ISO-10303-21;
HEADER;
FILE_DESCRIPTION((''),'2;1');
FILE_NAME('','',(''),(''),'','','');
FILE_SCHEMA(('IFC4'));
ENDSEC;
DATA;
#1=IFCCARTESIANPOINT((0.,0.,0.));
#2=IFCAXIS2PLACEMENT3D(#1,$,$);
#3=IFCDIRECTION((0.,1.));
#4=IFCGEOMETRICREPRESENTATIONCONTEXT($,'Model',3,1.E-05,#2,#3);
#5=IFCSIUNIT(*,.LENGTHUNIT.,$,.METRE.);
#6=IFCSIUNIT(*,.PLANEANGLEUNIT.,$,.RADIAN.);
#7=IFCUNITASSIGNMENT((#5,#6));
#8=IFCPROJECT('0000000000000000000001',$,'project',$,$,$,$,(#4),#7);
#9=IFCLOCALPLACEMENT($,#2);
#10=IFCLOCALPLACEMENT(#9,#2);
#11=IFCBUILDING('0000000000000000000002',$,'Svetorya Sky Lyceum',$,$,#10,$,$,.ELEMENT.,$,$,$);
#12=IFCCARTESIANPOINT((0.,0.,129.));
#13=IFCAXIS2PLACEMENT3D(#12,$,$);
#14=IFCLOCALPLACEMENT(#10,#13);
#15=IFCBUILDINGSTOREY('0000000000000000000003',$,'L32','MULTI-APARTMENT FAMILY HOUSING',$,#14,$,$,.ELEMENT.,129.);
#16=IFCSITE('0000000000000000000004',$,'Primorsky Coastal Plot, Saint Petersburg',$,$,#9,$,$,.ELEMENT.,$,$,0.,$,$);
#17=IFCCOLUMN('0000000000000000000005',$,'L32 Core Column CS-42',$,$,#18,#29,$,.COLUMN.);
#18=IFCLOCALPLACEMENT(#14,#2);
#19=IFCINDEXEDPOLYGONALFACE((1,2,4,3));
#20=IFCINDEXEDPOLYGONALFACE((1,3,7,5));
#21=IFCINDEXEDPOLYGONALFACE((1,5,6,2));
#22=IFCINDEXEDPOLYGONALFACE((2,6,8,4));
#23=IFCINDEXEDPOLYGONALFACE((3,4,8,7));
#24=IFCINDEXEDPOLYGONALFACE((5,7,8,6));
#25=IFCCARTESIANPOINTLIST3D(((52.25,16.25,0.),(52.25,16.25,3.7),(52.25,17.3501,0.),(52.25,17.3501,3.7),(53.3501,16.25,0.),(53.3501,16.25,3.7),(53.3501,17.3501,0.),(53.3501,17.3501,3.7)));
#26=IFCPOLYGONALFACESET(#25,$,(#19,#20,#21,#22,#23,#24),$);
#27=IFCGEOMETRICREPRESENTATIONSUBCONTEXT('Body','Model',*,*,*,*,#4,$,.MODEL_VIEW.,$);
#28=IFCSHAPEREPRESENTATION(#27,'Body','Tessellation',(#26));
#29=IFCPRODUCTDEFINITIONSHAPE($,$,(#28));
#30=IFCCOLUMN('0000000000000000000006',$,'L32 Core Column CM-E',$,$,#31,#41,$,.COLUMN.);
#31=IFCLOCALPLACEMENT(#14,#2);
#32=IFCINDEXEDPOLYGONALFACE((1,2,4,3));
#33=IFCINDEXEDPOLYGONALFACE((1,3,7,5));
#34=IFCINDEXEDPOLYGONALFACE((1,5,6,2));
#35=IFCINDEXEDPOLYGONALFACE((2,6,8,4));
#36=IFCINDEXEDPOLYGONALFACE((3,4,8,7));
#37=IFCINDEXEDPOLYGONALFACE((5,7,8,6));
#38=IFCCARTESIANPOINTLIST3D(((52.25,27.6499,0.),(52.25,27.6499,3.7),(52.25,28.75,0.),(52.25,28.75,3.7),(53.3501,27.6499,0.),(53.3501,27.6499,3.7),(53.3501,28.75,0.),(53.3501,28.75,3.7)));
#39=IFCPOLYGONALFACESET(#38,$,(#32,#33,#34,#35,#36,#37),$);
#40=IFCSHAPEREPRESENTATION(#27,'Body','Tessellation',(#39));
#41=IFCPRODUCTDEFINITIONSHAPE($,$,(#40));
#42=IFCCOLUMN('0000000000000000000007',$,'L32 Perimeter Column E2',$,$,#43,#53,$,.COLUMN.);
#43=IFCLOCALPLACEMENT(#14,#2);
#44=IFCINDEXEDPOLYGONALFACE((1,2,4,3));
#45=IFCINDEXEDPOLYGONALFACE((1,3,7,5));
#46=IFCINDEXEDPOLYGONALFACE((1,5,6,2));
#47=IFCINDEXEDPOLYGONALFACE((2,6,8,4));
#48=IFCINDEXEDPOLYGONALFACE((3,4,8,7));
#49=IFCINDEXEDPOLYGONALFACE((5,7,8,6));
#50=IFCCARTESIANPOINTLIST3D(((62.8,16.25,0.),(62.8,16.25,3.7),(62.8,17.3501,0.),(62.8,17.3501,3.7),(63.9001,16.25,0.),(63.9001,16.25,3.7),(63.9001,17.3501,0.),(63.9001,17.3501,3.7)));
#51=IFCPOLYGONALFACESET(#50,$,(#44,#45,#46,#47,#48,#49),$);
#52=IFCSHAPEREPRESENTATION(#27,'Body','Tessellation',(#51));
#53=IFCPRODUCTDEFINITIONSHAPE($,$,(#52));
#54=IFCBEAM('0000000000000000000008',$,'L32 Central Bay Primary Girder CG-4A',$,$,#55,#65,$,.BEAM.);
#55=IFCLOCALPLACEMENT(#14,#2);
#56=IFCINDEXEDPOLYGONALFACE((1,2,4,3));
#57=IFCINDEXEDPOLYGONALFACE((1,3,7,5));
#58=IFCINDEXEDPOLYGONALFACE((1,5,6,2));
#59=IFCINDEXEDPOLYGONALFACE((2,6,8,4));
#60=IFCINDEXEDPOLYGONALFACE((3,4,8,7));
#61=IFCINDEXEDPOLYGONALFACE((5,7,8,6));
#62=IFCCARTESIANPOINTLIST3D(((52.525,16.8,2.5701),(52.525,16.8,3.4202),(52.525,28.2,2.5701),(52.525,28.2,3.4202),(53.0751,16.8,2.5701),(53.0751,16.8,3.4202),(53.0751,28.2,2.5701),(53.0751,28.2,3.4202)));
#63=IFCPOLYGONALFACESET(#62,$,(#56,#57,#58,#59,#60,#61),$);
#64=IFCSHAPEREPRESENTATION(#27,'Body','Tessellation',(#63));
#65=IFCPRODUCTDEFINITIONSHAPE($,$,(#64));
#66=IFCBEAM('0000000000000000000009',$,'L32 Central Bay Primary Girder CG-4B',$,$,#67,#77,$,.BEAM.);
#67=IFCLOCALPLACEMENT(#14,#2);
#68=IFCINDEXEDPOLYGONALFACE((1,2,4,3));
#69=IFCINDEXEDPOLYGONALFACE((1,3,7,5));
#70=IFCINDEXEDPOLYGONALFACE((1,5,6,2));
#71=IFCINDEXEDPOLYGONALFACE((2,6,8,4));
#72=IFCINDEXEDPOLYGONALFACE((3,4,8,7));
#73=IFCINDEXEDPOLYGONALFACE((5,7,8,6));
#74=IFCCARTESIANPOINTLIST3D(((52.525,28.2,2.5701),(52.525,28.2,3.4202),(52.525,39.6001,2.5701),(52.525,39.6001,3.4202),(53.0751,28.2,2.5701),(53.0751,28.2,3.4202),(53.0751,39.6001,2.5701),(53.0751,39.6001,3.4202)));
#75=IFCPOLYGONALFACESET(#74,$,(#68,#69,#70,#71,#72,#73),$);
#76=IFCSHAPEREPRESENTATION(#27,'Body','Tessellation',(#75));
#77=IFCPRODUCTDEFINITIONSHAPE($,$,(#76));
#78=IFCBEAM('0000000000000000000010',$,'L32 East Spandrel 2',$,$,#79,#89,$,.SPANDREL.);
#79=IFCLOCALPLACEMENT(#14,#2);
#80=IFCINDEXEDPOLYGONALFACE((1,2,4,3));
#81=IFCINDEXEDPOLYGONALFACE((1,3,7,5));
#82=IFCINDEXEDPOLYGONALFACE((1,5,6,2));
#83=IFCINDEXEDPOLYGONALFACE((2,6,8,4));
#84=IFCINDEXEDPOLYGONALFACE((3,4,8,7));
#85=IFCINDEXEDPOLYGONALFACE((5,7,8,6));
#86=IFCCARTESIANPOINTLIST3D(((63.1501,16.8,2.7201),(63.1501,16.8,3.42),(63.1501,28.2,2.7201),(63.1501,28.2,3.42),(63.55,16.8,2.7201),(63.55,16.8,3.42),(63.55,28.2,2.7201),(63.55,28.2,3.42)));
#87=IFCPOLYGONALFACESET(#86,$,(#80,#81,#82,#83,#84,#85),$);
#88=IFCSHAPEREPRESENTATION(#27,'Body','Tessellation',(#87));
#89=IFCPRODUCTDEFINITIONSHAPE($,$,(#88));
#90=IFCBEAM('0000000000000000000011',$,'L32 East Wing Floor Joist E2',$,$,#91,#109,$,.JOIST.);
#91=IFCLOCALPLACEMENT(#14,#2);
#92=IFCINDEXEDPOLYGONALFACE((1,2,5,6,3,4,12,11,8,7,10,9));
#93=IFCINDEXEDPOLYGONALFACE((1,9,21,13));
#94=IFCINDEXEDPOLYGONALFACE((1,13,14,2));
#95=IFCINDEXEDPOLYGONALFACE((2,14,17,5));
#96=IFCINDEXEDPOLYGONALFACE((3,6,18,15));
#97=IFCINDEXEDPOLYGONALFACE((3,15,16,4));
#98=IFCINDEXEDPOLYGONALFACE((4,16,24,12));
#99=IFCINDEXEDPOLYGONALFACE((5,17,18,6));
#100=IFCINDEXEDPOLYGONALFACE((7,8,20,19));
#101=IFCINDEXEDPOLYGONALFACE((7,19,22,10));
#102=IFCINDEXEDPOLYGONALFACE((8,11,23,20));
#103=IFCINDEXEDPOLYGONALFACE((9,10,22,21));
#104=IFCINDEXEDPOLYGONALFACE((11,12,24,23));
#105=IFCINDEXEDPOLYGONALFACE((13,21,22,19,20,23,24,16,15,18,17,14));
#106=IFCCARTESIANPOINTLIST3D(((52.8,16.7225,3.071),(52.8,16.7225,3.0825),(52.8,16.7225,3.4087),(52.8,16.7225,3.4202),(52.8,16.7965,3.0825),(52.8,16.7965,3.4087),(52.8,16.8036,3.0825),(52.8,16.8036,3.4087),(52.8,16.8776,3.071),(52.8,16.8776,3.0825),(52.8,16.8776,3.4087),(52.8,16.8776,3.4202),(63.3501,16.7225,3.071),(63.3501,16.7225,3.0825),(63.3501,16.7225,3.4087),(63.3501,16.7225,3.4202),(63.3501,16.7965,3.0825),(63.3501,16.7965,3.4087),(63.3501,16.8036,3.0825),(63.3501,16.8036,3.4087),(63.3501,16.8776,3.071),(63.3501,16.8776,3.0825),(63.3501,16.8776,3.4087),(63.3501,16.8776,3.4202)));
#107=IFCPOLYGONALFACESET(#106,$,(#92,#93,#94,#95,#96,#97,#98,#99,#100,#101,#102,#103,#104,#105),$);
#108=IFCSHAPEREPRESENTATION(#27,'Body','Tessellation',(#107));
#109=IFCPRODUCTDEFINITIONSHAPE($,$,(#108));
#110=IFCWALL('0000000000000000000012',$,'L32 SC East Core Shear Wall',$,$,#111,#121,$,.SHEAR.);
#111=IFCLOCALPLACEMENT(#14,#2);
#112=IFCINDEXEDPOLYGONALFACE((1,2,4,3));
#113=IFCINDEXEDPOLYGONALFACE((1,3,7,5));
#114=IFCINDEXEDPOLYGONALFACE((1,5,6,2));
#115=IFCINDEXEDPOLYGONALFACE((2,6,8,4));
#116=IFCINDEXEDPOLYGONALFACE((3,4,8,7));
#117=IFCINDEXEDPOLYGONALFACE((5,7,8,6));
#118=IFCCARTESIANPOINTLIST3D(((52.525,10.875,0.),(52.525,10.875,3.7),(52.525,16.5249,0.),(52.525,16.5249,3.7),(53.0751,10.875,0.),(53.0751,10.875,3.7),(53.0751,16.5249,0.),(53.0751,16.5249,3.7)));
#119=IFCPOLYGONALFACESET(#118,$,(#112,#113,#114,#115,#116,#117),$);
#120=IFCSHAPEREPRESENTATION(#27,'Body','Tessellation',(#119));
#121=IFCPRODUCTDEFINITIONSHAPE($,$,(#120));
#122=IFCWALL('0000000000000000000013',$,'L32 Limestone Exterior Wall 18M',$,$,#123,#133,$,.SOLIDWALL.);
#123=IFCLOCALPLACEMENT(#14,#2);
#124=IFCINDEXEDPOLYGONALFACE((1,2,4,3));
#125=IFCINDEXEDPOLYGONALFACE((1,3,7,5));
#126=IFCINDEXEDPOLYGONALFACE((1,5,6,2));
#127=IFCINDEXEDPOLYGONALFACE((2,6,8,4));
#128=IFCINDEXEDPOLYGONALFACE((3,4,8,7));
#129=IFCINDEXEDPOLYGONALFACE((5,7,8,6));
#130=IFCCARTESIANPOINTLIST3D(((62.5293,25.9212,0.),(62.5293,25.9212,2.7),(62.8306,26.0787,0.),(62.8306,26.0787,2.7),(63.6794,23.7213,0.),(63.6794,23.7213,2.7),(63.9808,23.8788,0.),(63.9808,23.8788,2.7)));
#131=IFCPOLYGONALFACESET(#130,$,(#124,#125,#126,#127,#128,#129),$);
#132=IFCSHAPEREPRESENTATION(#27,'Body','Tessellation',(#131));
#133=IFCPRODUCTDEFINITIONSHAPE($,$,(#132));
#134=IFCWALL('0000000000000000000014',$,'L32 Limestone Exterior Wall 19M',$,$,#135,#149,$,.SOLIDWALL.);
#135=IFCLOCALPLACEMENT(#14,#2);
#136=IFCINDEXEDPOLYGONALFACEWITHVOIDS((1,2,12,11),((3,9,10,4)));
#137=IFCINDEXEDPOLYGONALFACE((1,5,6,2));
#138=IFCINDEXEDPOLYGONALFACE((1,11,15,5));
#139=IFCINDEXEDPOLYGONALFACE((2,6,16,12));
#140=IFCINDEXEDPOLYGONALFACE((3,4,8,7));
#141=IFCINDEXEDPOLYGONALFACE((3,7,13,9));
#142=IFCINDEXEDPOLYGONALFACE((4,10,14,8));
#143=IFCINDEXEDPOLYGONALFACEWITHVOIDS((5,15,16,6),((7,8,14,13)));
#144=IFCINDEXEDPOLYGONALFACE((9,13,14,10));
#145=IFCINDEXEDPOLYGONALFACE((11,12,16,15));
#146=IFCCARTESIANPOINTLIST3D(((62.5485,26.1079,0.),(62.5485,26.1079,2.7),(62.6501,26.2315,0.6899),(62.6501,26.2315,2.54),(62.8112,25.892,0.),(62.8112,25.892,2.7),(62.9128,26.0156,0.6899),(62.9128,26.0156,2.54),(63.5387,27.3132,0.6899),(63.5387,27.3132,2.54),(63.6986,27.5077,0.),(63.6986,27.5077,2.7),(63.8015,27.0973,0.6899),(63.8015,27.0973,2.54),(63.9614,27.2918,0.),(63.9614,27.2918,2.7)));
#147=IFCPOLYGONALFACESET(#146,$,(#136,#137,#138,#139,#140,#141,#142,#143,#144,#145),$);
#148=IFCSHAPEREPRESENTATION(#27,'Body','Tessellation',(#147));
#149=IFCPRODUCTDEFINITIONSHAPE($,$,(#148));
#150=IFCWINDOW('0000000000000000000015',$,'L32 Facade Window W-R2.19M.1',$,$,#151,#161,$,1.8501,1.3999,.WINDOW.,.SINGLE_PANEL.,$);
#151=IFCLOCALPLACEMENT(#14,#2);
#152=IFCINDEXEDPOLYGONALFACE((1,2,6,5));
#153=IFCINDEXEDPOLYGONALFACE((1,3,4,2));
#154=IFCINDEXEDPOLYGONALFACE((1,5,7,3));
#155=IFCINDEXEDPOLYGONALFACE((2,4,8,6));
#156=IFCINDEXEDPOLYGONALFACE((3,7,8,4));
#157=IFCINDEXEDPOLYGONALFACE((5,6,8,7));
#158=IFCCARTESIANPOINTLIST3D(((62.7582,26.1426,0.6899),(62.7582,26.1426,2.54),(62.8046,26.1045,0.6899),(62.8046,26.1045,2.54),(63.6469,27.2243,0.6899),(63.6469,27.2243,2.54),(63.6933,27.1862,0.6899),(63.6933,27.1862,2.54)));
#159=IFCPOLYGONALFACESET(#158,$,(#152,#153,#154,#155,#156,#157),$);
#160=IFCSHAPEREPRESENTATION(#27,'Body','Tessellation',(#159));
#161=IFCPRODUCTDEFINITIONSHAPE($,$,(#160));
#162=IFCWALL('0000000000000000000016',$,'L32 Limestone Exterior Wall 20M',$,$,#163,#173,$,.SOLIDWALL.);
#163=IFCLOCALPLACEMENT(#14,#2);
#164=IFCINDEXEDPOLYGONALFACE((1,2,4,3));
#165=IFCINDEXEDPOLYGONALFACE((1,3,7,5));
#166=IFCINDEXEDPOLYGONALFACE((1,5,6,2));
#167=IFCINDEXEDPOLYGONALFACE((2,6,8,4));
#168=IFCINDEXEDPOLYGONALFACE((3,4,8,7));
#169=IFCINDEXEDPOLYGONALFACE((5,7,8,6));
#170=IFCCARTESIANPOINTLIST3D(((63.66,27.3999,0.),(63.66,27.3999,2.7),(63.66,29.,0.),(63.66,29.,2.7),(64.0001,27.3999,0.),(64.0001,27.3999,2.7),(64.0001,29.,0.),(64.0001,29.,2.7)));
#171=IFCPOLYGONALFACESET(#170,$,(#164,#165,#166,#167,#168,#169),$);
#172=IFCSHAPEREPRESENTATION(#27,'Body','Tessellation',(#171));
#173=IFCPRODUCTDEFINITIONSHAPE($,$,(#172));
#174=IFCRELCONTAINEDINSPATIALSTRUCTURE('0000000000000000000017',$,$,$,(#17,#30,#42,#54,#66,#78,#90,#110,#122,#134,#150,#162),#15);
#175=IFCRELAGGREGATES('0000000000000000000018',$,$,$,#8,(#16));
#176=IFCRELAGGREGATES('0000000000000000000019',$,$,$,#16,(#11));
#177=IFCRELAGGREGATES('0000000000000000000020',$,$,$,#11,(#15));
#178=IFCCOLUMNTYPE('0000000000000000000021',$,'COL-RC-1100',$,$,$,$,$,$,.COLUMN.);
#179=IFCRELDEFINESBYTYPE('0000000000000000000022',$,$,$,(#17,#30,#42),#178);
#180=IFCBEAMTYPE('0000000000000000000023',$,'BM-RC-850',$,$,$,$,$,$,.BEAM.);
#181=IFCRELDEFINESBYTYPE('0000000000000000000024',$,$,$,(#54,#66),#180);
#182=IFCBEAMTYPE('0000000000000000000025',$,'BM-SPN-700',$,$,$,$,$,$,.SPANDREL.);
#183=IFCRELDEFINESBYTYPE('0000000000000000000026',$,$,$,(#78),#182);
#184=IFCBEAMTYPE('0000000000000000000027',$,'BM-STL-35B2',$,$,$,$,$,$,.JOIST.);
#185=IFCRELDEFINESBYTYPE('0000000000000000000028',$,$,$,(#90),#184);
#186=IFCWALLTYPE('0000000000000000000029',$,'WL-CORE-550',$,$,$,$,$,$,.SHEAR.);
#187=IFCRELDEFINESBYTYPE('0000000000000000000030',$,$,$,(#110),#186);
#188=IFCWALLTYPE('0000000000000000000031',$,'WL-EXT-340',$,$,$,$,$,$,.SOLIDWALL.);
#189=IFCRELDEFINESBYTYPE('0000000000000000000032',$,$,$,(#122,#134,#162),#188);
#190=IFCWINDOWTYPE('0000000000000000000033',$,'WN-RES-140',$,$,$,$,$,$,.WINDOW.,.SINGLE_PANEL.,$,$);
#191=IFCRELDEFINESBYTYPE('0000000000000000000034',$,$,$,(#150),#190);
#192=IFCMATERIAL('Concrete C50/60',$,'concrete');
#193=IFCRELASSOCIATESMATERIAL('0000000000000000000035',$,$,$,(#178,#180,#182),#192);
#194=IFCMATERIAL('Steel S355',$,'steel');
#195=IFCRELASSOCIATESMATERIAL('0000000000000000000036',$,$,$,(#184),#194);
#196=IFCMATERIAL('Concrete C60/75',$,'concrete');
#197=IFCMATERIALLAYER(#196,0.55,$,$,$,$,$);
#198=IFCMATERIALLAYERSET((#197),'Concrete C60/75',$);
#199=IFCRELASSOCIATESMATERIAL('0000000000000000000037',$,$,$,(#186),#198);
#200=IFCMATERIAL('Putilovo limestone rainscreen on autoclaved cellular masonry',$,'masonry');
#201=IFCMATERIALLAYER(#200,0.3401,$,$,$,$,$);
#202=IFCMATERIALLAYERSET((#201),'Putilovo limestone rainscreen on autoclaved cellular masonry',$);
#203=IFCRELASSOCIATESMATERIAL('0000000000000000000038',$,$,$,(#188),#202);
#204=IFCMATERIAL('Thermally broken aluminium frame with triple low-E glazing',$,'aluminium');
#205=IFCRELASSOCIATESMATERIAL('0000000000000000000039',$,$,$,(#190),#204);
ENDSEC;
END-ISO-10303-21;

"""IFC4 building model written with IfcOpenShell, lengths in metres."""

from ifc_helpers import new_model, si_unit, direction, frame, frame_2d, origin, origin_2d, place, context, subcontext, project, spatial, rectangle, i_section, extrude, material, layer, layer_set, material_profile, profile_set, type_object, element, fill, save


model = new_model("IFC4")

# Units and contexts
model_context = context("Model", 3, precision=1e-05, world=origin(), true_north=direction((0.0, 1.0)))
body_context = subcontext(model_context, "Body", "Model", "MODEL_VIEW")
ifc_project = project(units=[si_unit("LENGTHUNIT", "METRE"), si_unit("PLANEANGLEUNIT", "RADIAN")], contexts=[model_context])

# Site, building, storey
site_placement = place(None, origin())
site = spatial("IfcSite", under=ifc_project, at=site_placement, Name="Primorsky Coastal Plot, Saint Petersburg", CompositionType="ELEMENT", RefElevation=0.0)
building_placement = place(site_placement, origin())
building = spatial("IfcBuilding", under=site, at=building_placement, Name="Svetorya Sky Lyceum", CompositionType="ELEMENT")
storey_placement = place(building_placement, frame((0.0, 0.0, 129.0)))
storey = spatial("IfcBuildingStorey", under=building, at=storey_placement, Name="L32", Description="MULTI-APARTMENT FAMILY HOUSING", CompositionType="ELEMENT", Elevation=129.0)

# Columns
ifc_material_1 = material(Name="Concrete C50/60", Category="concrete")
ifc_material_profile_1 = material_profile(ifc_material_1, rectangle(XDim=1.1001, YDim=1.1001, at=origin_2d()), Name="RC COL 1100x1100")
ifc_profile_set_1 = profile_set([ifc_material_profile_1], Name="Concrete C50/60")
column_type = type_object("IfcColumnType", Name="COL-RC-1100", PredefinedType="COLUMN", material=ifc_profile_set_1)
for number, where, z_axis, x_axis, name in (
    (1, (52.8, 16.8, 0.0), (0.0, 0.0, 1.0), (1.0, 0.0, 0.0), "L32 Core Column CS-42"),
    (2, (52.8, 28.2, 0.0), (0.0, 0.0, 1.0), (1.0, 0.0, 0.0), "L32 Core Column CM-E"),
    (3, (63.3501, 16.8, 0.0), (0.0, 0.0, 1.0), (1.0, 0.0, 0.0), "L32 Perimeter Column E2"),
):
    element("IfcColumn", number, at=place(storey_placement, frame(where, z_axis=z_axis, x_axis=x_axis)), inside=storey, type_object=column_type, Name=name, PredefinedType="COLUMN", context=body_context, shape_type="SweptSolid", body=[
        extrude(rectangle(XDim=1.1001, YDim=1.1001, at=origin_2d()), origin(), (0.0, 0.0, 1.0), 3.7),
    ])

# Beams
ifc_material_profile_2 = material_profile(ifc_material_1, rectangle(XDim=0.55, YDim=0.8501, at=origin_2d()), Name="RC BEAM 550x850")
ifc_profile_set_2 = profile_set([ifc_material_profile_2], Name="Concrete C50/60")
beam_type_1 = type_object("IfcBeamType", Name="BM-RC-850", PredefinedType="BEAM", material=ifc_profile_set_2)
beam_1_placement = place(storey_placement, frame((52.8, 16.8, 2.9951), z_axis=(0.0, 1.0, 0.0), x_axis=(-1.0, 0.0, 0.0)))
element("IfcBeam", 4, at=beam_1_placement, inside=storey, type_object=beam_type_1, Name="L32 Central Bay Primary Girder CG-4A", PredefinedType="BEAM", context=body_context, shape_type="SweptSolid", body=[
    extrude(rectangle(XDim=0.55, YDim=0.8501, at=origin_2d()), origin(), (0.0, 0.0, 1.0), 11.3999),
])
beam_2_placement = place(storey_placement, frame((52.8, 28.2, 2.9951), z_axis=(0.0, 1.0, 0.0), x_axis=(-1.0, 0.0, 0.0)))
element("IfcBeam", 5, at=beam_2_placement, inside=storey, type_object=beam_type_1, Name="L32 Central Bay Primary Girder CG-4B", PredefinedType="BEAM", context=body_context, shape_type="SweptSolid", body=[
    extrude(rectangle(XDim=0.55, YDim=0.8501, at=origin_2d()), origin(), (0.0, 0.0, 1.0), 11.4001),
])
ifc_material_profile_3 = material_profile(ifc_material_1, rectangle(XDim=0.3999, YDim=0.7, at=origin_2d()), Name="RC SPANDREL 400x700")
ifc_profile_set_3 = profile_set([ifc_material_profile_3], Name="Concrete C50/60")
beam_type_2 = type_object("IfcBeamType", Name="BM-SPN-700", PredefinedType="SPANDREL", material=ifc_profile_set_3)
beam_3_placement = place(storey_placement, frame((63.3501, 16.8, 3.0701), z_axis=(0.0, 1.0, 0.0), x_axis=(-1.0, 0.0, 0.0)))
element("IfcBeam", 6, at=beam_3_placement, inside=storey, type_object=beam_type_2, Name="L32 East Spandrel 2", PredefinedType="SPANDREL", context=body_context, shape_type="SweptSolid", body=[
    extrude(rectangle(XDim=0.3999, YDim=0.7, at=origin_2d()), origin(), (0.0, 0.0, 1.0), 11.3999),
])
ifc_material_2 = material(Name="Steel S355", Category="steel")
ifc_material_profile_4 = material_profile(ifc_material_2, i_section(OverallWidth=0.155, OverallDepth=0.3491, WebThickness=0.0071, FlangeThickness=0.0115, at=origin_2d()), Name="GOST 35B2")
ifc_profile_set_4 = profile_set([ifc_material_profile_4], Name="Steel S355")
beam_type_3 = type_object("IfcBeamType", Name="BM-STL-35B2", PredefinedType="JOIST", material=ifc_profile_set_4)
beam_4_placement = place(storey_placement, frame((52.8, 16.8, 3.2456), z_axis=(1.0, 0.0, 0.0), x_axis=(0.0, 1.0, 0.0)))
element("IfcBeam", 7, at=beam_4_placement, inside=storey, type_object=beam_type_3, Name="L32 East Wing Floor Joist E2", PredefinedType="JOIST", context=body_context, shape_type="SweptSolid", body=[
    extrude(i_section(OverallWidth=0.155, OverallDepth=0.3491, WebThickness=0.0071, FlangeThickness=0.0115, at=origin_2d()), origin(), (0.0, 0.0, 1.0), 10.55),
])

# Walls
ifc_material_3 = material(Name="Concrete C60/75", Category="concrete")
ifc_layer_1 = layer(ifc_material_3, 0.55)
ifc_layer_set_1 = layer_set([ifc_layer_1], Name="Concrete C60/75")
wall_type_1 = type_object("IfcWallType", Name="WL-CORE-550", PredefinedType="SHEAR", material=ifc_layer_set_1)
wall_1_placement = place(storey_placement, frame((52.8, 10.875, 0.0), z_axis=(0.0, 0.0, 1.0), x_axis=(0.0, 1.0, 0.0)))
element("IfcWall", 8, at=wall_1_placement, inside=storey, type_object=wall_type_1, Name="L32 SC East Core Shear Wall", PredefinedType="SHEAR", context=body_context, shape_type="SweptSolid", body=[
    extrude(rectangle(XDim=5.6499, YDim=0.55, at=frame_2d((2.825, 0.0))), origin(), (0.0, 0.0, 1.0), 3.7),
])
ifc_material_4 = material(Name="Putilovo limestone rainscreen on autoclaved cellular masonry", Category="masonry")
ifc_layer_2 = layer(ifc_material_4, 0.3401)
ifc_layer_set_2 = layer_set([ifc_layer_2], Name="Putilovo limestone rainscreen on autoclaved cellular masonry")
wall_type_2 = type_object("IfcWallType", Name="WL-EXT-340", PredefinedType="SOLIDWALL", material=ifc_layer_set_2)
wall_2_placement = place(storey_placement, frame((63.8301, 23.8, 0.0), z_axis=(0.0, 0.0, 1.0), x_axis=(-0.463309, 0.886197, 0.0)))
element("IfcWall", 9, at=wall_2_placement, inside=storey, type_object=wall_type_2, Name="L32 Limestone Exterior Wall 18M", PredefinedType="SOLIDWALL", context=body_context, shape_type="SweptSolid", body=[
    extrude(rectangle(XDim=2.4824, YDim=0.3401, at=frame_2d((1.2412, 0.0))), origin(), (0.0, 0.0, 1.0), 2.7),
])

# Wall, opening, window
wall_3_placement = place(storey_placement, frame((62.6799, 26.0, 0.0), z_axis=(0.0, 0.0, 1.0), x_axis=(0.634814, 0.772665, 0.0)))
wall_3 = element("IfcWall", 10, at=wall_3_placement, inside=storey, type_object=wall_type_2, Name="L32 Limestone Exterior Wall 19M", PredefinedType="SOLIDWALL", context=body_context, shape_type="SweptSolid", body=[
    extrude(rectangle(XDim=1.8118, YDim=0.3401, at=frame_2d((0.9058, 0.0))), origin(), (0.0, 0.0, 1.0), 2.7),
])
opening_1_placement = place(wall_3_placement, frame((0.1599, 0.0, 0.6899)))
opening_1 = element("IfcOpeningElement", 11, at=opening_1_placement, cuts=wall_3, PredefinedType="OPENING", context=body_context, shape_type="SweptSolid", body=[
    extrude(rectangle(XDim=1.3999, YDim=1.8501, at=frame_2d((0.7, 0.925))), frame((0.0, 0.1799, 0.0), z_axis=(0.0, -1.0, 0.0), x_axis=(1.0, 0.0, 0.0)), (0.0, 0.0, 1.0), 0.3601),
])
ifc_material_5 = material(Name="Thermally broken aluminium frame with triple low-E glazing", Category="aluminium")
window_type = type_object("IfcWindowType", Name="WN-RES-140", PartitioningType="SINGLE_PANEL", PredefinedType="WINDOW", material=ifc_material_5)
window_placement = place(opening_1_placement, origin())
window = element("IfcWindow", 12, at=window_placement, inside=storey, type_object=window_type, Name="L32 Facade Window W-R2.19M.1", OverallHeight=1.8501, OverallWidth=1.3999, PartitioningType="SINGLE_PANEL", PredefinedType="WINDOW", context=body_context, shape_type="SweptSolid", body=[
    extrude(rectangle(XDim=1.3999, YDim=1.8501, at=frame_2d((0.7, 0.925))), frame((0.0, 0.03, 0.0), z_axis=(0.0, -1.0, 0.0), x_axis=(1.0, 0.0, 0.0)), (0.0, 0.0, 1.0), 0.0601),
])
fill(opening_1, window)

# Wall
wall_4_placement = place(storey_placement, frame((63.8301, 27.3999, 0.0), z_axis=(0.0, 0.0, 1.0), x_axis=(0.0, 1.0, 0.0)))
element("IfcWall", 13, at=wall_4_placement, inside=storey, type_object=wall_type_2, Name="L32 Limestone Exterior Wall 20M", PredefinedType="SOLIDWALL", context=body_context, shape_type="SweptSolid", body=[
    extrude(rectangle(XDim=1.6001, YDim=0.3401, at=frame_2d((0.8, 0.0))), origin(), (0.0, 0.0, 1.0), 2.7),
])

save(model, "model.ifc")
